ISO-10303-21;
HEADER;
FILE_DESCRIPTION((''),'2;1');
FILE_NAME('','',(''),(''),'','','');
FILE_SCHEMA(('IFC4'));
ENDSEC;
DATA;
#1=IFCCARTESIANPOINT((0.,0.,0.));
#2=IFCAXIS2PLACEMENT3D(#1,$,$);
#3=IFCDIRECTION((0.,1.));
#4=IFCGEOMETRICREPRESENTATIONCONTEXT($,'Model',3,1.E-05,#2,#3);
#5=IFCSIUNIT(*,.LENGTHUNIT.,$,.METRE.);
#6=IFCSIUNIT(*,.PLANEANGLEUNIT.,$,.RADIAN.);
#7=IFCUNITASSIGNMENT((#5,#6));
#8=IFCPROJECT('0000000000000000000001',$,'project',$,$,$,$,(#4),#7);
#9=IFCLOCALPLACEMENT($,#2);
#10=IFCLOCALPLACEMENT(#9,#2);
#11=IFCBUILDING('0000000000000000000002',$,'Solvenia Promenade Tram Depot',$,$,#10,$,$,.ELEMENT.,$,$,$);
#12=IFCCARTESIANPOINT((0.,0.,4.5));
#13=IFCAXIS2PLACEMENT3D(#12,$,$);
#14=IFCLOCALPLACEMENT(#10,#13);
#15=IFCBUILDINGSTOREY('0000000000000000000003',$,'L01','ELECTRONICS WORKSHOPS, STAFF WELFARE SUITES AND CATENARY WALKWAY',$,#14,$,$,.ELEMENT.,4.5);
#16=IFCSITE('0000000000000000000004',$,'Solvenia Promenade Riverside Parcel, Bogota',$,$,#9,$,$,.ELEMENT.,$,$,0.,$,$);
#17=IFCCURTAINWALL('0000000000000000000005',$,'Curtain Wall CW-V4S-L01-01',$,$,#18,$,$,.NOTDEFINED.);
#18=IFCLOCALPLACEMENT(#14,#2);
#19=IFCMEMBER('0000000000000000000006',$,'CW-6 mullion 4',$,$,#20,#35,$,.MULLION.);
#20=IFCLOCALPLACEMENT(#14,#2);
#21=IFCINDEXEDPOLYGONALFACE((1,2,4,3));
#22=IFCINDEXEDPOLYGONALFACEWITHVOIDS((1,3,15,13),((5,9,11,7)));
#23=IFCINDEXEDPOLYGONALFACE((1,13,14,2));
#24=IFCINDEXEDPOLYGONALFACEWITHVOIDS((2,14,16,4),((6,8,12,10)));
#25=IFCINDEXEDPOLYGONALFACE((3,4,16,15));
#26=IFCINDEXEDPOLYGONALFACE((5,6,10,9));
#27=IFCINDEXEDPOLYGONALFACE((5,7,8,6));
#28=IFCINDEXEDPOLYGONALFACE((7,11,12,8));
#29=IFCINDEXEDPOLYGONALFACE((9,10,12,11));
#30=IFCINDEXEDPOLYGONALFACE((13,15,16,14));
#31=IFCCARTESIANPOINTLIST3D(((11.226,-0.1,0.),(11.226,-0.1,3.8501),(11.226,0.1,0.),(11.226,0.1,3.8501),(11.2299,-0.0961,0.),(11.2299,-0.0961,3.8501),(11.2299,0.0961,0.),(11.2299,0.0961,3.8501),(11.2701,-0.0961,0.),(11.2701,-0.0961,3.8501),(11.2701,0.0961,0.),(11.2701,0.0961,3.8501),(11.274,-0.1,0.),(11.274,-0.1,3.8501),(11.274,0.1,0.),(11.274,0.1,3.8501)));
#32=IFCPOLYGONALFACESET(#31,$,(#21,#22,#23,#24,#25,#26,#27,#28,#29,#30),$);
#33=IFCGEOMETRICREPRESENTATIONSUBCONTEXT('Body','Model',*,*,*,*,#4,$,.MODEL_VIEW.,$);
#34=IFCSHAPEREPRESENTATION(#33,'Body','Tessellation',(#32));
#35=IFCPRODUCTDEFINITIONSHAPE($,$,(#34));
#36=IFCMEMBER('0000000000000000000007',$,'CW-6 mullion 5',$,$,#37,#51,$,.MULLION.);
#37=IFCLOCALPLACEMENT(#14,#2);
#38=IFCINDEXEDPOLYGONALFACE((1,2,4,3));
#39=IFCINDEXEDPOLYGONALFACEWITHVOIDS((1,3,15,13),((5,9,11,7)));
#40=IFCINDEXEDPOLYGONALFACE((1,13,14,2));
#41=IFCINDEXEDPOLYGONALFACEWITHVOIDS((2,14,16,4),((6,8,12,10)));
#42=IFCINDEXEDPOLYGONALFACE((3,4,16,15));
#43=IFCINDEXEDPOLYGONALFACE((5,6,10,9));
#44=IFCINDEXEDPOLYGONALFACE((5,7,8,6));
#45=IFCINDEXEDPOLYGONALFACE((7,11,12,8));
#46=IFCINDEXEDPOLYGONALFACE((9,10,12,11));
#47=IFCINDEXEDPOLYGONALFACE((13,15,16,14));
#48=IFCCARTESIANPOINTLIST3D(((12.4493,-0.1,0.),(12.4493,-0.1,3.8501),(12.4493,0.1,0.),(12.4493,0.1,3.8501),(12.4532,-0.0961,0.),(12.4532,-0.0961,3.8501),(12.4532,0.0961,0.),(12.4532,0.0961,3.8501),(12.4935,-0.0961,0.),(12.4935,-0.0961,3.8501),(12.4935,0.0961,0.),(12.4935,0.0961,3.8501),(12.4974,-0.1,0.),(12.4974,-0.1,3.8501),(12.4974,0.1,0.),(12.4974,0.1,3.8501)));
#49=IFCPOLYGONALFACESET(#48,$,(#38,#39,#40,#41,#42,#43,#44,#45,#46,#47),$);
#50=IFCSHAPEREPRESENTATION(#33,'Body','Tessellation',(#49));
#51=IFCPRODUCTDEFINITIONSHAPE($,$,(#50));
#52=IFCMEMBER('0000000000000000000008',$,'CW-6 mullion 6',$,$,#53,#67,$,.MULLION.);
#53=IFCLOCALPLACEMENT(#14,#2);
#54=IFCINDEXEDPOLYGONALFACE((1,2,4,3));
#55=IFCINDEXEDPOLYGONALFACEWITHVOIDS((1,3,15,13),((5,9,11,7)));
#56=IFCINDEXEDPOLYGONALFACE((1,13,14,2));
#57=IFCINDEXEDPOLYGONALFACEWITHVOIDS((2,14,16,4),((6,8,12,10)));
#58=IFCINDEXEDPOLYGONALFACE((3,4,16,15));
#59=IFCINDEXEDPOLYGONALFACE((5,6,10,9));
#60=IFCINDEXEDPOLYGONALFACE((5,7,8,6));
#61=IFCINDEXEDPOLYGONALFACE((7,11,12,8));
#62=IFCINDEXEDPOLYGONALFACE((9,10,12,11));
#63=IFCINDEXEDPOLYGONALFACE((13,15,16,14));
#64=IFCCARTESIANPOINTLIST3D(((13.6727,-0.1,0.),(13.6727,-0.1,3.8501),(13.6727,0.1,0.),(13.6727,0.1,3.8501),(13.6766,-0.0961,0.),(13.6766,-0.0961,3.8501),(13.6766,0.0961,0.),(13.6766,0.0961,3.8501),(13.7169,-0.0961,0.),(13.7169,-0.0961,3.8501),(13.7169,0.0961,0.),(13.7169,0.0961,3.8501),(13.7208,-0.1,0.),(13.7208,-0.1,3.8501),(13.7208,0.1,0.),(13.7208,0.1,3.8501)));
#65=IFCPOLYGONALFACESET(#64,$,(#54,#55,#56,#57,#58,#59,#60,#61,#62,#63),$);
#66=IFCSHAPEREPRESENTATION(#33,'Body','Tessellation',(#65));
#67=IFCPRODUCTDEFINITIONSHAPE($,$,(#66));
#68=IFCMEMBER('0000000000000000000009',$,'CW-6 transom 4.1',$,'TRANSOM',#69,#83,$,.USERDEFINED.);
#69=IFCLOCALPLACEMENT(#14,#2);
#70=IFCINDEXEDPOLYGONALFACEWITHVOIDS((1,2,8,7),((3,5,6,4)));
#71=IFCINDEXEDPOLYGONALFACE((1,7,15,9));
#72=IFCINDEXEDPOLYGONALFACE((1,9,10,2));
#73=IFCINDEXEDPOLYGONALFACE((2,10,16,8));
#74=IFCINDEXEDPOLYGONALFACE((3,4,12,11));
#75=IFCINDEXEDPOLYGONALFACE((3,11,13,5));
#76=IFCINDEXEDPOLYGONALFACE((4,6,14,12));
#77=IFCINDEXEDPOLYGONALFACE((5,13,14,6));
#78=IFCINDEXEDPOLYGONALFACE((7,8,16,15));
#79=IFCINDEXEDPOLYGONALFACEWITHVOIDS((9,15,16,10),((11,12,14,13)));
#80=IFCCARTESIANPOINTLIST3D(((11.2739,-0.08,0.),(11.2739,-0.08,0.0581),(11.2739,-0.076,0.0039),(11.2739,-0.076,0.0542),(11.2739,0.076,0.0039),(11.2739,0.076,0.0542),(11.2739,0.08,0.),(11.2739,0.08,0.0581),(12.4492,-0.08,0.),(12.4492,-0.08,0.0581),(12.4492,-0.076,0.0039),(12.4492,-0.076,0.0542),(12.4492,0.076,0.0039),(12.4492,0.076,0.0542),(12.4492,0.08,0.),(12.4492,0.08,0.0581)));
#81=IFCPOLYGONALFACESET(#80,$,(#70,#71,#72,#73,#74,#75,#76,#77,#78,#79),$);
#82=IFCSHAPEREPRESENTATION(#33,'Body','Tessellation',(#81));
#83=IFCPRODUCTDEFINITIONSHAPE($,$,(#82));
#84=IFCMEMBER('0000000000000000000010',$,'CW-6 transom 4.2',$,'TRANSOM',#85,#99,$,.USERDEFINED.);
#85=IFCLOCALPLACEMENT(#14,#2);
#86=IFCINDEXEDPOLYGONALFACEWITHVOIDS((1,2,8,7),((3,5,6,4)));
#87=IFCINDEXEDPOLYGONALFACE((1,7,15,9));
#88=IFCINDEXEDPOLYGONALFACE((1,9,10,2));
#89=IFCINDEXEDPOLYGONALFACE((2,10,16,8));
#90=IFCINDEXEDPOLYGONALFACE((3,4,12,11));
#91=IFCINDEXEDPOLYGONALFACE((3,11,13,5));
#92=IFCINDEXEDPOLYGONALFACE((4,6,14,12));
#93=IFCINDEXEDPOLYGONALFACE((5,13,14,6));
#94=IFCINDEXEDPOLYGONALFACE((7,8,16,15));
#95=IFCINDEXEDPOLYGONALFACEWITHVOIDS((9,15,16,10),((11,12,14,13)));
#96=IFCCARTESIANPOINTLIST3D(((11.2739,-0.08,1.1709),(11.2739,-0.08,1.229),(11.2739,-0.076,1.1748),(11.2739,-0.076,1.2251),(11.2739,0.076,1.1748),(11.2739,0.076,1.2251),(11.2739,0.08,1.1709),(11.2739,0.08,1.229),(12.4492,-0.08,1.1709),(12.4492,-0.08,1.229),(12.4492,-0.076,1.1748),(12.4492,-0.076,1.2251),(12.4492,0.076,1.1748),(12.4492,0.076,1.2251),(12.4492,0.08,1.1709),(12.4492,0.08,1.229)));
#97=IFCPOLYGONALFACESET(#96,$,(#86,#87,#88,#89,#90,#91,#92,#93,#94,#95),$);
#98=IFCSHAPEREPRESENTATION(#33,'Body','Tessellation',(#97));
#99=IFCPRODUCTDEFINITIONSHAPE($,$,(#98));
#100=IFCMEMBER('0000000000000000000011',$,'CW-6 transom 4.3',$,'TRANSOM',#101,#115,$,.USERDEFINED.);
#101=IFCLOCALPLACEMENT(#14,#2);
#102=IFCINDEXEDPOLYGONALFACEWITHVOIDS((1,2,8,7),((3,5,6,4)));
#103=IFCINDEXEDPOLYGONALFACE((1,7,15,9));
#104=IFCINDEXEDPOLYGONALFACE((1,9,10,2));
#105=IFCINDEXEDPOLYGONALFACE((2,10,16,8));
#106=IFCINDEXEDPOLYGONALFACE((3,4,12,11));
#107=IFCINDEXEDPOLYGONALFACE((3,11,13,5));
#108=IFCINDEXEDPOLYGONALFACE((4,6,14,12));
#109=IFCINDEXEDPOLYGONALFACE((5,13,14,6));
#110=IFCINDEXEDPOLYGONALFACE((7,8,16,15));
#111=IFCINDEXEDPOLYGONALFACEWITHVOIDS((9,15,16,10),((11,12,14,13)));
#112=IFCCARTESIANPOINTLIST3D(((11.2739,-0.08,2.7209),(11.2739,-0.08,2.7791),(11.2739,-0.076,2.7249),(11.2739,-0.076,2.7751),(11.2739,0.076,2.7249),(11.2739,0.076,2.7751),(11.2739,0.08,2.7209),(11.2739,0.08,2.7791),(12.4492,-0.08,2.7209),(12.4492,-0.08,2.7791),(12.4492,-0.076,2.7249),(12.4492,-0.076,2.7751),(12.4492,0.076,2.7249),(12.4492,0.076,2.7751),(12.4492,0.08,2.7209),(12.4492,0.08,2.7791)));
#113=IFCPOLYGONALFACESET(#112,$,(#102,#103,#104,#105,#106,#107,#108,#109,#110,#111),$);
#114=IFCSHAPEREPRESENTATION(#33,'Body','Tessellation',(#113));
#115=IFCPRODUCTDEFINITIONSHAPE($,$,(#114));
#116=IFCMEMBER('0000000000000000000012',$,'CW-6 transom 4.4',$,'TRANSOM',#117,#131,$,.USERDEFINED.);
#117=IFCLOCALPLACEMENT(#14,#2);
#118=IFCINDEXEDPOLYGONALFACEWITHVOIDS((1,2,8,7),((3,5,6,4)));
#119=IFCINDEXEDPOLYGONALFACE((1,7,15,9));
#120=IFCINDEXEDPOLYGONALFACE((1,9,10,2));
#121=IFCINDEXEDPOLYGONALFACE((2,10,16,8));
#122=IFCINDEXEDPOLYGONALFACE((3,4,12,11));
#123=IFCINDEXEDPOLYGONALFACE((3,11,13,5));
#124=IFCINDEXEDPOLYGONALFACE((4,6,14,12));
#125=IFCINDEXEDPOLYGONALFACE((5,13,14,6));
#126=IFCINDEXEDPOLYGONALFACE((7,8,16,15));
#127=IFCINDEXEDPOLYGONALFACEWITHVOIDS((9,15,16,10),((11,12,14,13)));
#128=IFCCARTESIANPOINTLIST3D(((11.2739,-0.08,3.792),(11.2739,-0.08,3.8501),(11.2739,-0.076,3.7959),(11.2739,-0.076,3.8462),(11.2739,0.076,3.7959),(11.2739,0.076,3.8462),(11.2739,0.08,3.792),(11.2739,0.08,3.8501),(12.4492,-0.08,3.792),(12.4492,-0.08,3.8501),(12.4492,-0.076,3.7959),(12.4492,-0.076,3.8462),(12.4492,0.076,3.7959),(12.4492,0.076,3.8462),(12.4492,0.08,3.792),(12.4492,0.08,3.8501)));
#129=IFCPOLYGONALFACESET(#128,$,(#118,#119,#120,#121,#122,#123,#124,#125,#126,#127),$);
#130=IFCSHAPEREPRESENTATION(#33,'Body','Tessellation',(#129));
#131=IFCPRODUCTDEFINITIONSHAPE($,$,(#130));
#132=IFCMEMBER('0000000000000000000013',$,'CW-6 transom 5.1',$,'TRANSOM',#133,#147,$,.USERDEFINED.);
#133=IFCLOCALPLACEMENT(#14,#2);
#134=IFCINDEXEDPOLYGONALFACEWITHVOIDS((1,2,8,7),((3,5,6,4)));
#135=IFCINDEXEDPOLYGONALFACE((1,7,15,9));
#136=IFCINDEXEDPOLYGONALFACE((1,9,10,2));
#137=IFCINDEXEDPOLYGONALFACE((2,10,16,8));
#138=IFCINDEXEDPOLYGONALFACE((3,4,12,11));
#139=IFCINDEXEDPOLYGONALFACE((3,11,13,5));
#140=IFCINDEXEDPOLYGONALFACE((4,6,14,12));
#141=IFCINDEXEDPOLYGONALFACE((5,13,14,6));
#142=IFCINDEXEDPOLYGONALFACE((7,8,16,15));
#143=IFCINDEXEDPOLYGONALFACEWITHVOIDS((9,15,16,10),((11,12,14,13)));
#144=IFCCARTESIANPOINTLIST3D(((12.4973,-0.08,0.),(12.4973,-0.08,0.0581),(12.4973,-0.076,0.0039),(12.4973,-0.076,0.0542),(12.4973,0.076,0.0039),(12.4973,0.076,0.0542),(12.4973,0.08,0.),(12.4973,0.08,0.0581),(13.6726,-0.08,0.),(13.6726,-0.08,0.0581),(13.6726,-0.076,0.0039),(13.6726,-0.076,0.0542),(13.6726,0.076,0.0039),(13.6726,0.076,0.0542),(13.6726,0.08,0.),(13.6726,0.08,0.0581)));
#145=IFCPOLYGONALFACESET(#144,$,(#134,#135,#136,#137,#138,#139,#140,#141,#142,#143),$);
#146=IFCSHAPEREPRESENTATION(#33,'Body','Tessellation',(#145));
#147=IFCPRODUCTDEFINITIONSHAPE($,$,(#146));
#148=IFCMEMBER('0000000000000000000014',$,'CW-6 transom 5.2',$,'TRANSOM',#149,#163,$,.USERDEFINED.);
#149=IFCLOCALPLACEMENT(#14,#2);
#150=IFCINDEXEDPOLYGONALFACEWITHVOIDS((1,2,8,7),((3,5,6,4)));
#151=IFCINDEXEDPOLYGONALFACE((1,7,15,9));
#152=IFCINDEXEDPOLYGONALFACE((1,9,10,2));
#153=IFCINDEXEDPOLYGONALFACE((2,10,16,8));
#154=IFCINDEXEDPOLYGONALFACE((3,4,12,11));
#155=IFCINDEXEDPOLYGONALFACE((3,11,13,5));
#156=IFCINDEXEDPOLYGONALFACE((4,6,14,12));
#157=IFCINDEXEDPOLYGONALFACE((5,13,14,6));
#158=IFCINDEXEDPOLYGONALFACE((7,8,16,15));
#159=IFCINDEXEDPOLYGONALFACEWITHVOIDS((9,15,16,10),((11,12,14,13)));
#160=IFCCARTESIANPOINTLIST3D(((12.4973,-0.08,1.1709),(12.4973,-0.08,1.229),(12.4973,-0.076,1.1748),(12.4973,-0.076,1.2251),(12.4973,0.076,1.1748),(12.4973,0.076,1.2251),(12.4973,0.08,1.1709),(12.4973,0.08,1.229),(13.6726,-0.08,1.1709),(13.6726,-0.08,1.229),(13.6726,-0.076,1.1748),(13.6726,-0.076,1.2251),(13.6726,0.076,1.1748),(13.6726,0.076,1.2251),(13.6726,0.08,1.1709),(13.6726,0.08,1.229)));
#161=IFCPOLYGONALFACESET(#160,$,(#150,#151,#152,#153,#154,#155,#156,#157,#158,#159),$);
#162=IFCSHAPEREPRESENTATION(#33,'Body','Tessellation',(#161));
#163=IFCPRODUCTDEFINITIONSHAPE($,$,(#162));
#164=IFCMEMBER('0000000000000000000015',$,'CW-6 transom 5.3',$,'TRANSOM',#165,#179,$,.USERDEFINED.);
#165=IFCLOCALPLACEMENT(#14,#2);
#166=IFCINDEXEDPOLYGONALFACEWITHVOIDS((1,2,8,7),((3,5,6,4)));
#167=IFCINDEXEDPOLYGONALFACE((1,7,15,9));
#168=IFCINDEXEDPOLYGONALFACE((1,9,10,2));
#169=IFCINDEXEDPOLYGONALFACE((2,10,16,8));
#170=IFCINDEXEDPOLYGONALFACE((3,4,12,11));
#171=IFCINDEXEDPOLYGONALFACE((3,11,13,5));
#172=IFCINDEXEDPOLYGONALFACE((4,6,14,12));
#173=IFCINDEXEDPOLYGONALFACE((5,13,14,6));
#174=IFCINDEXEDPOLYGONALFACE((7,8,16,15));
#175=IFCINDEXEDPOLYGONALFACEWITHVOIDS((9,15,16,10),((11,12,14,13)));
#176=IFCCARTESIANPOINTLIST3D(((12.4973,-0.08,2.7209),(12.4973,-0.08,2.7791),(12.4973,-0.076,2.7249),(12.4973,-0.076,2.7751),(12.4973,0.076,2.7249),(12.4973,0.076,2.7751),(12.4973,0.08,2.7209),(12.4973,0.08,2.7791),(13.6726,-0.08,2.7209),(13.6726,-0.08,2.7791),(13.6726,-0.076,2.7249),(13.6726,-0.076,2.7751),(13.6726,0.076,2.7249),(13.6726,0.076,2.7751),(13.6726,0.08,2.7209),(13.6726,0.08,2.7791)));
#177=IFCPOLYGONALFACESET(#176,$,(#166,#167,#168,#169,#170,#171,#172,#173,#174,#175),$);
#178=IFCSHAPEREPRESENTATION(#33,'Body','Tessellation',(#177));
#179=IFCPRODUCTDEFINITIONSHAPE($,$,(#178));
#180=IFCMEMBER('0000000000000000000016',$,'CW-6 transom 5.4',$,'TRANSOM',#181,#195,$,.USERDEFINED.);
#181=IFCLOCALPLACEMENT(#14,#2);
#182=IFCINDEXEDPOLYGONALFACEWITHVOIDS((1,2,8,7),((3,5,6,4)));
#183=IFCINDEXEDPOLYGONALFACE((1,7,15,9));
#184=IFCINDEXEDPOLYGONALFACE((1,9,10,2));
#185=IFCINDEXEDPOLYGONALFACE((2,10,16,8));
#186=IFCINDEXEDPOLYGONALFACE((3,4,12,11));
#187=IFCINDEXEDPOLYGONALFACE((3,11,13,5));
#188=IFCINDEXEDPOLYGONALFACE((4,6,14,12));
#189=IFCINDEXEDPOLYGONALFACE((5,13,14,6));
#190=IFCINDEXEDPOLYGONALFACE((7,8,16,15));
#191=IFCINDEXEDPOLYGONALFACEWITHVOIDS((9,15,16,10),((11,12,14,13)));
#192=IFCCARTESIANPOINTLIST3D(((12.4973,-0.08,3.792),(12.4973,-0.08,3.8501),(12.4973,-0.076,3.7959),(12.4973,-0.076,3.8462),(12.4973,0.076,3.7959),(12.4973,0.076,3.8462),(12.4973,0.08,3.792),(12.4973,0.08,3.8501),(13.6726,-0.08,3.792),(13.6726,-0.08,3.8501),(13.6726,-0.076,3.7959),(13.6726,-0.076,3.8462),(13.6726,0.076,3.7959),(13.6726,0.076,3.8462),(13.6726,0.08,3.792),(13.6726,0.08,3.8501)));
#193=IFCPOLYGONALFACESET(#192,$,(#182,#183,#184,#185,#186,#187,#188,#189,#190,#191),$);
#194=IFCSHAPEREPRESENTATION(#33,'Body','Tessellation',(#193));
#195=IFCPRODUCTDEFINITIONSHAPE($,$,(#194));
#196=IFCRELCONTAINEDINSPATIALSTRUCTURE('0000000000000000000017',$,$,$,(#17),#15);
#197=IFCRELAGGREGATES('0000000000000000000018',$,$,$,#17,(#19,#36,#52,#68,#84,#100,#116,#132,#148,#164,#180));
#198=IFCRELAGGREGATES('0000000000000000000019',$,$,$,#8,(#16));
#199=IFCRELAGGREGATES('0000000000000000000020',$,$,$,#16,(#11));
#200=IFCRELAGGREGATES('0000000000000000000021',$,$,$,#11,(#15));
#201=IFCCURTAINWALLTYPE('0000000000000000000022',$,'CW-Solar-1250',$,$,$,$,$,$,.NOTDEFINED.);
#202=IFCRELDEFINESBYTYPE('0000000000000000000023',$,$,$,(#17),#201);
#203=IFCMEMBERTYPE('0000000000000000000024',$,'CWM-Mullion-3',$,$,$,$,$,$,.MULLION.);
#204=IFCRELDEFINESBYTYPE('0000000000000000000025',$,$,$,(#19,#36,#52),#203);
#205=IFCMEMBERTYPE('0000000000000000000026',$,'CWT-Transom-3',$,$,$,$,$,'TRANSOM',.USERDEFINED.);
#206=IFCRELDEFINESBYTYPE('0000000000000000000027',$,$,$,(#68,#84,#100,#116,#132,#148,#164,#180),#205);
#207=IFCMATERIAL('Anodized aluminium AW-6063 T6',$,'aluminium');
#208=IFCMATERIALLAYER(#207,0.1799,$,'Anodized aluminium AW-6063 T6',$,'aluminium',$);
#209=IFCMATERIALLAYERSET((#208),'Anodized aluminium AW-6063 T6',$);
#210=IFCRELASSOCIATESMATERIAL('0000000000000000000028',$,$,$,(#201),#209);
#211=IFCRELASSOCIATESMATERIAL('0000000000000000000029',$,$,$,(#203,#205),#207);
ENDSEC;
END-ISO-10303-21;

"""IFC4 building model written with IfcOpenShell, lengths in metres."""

from ifc_helpers import new_model, si_unit, direction, frame, origin, origin_2d, place, context, subcontext, project, spatial, hollow_rectangle, extrude, material, layer, layer_set, material_profile, profile_set, type_object, element, aggregate, save


model = new_model("IFC4")

# Units and contexts
model_context = context("Model", 3, precision=1e-05, world=origin(), true_north=direction((0.0, 1.0)))
body_context = subcontext(model_context, "Body", "Model", "MODEL_VIEW")
ifc_project = project(units=[si_unit("LENGTHUNIT", "METRE"), si_unit("PLANEANGLEUNIT", "RADIAN")], contexts=[model_context])

# Site, building, storey
site_placement = place(None, origin())
site = spatial("IfcSite", under=ifc_project, at=site_placement, Name="Solvenia Promenade Riverside Parcel, Bogota", CompositionType="ELEMENT", RefElevation=0.0)
building_placement = place(site_placement, origin())
building = spatial("IfcBuilding", under=site, at=building_placement, Name="Solvenia Promenade Tram Depot", CompositionType="ELEMENT")
storey_placement = place(building_placement, frame((0.0, 0.0, 4.5)))
storey = spatial("IfcBuildingStorey", under=building, at=storey_placement, Name="L01", Description="ELECTRONICS WORKSHOPS, STAFF WELFARE SUITES AND CATENARY WALKWAY", CompositionType="ELEMENT", Elevation=4.5)

# Curtain wall, members
ifc_material_1 = material(Name="Anodized aluminium AW-6063 T6", Category="aluminium")
ifc_layer_1 = layer(ifc_material_1, 0.1799, Name="Anodized aluminium AW-6063 T6", Category="aluminium")
ifc_layer_set_1 = layer_set([ifc_layer_1], Name="Anodized aluminium AW-6063 T6")
curtain_wall_type = type_object("IfcCurtainWallType", Name="CW-Solar-1250", PredefinedType="NOTDEFINED", material=ifc_layer_set_1)
curtain_wall_placement = place(storey_placement, origin())
curtain_wall = element("IfcCurtainWall", 1, at=curtain_wall_placement, inside=storey, type_object=curtain_wall_type, Name="Curtain Wall CW-V4S-L01-01", PredefinedType="NOTDEFINED")
ifc_material_profile_1 = material_profile(ifc_material_1, hollow_rectangle(XDim=0.2, YDim=0.0481, WallThickness=0.0039, at=origin_2d()), Name="ALU-M3", Category="aluminium")
ifc_profile_set_1 = profile_set([ifc_material_profile_1], Name="Anodized aluminium AW-6063 T6")
member_type_1 = type_object("IfcMemberType", Name="CWM-Mullion-3", PredefinedType="MULLION", material=ifc_profile_set_1)
member_1_placement = place(storey_placement, frame((11.25, 0.0, 0.0), z_axis=(0.0, 0.0, 1.0), x_axis=(0.0, 1.0, 0.0)))
member_1 = element("IfcMember", 2, at=member_1_placement, type_object=member_type_1, Name="CW-6 mullion 4", PredefinedType="MULLION", context=body_context, shape_type="SweptSolid", body=[
    extrude(hollow_rectangle(XDim=0.2, YDim=0.0481, WallThickness=0.0039, at=origin_2d()), origin(), (0.0, 0.0, 1.0), 3.8501),
])
member_2_placement = place(storey_placement, frame((12.4734, 0.0, 0.0), z_axis=(0.0, 0.0, 1.0), x_axis=(0.0, 1.0, 0.0)))
member_2 = element("IfcMember", 3, at=member_2_placement, type_object=member_type_1, Name="CW-6 mullion 5", PredefinedType="MULLION", context=body_context, shape_type="SweptSolid", body=[
    extrude(hollow_rectangle(XDim=0.2, YDim=0.0481, WallThickness=0.0039, at=origin_2d()), origin(), (0.0, 0.0, 1.0), 3.8501),
])
member_3_placement = place(storey_placement, frame((13.6968, 0.0, 0.0), z_axis=(0.0, 0.0, 1.0), x_axis=(0.0, 1.0, 0.0)))
member_3 = element("IfcMember", 4, at=member_3_placement, type_object=member_type_1, Name="CW-6 mullion 6", PredefinedType="MULLION", context=body_context, shape_type="SweptSolid", body=[
    extrude(hollow_rectangle(XDim=0.2, YDim=0.0481, WallThickness=0.0039, at=origin_2d()), origin(), (0.0, 0.0, 1.0), 3.8501),
])
ifc_material_profile_2 = material_profile(ifc_material_1, hollow_rectangle(XDim=0.1599, YDim=0.0581, WallThickness=0.0039, at=origin_2d()), Name="ALU-T3", Category="aluminium")
ifc_profile_set_2 = profile_set([ifc_material_profile_2], Name="Anodized aluminium AW-6063 T6")
member_type_2 = type_object("IfcMemberType", Name="CWT-Transom-3", ElementType="TRANSOM", PredefinedType="USERDEFINED", material=ifc_profile_set_2)
member_4_placement = place(storey_placement, frame((11.2739, 0.0, 0.0291), z_axis=(1.0, 0.0, 0.0), x_axis=(0.0, 1.0, 0.0)))
member_4 = element("IfcMember", 5, at=member_4_placement, type_object=member_type_2, Name="CW-6 transom 4.1", ObjectType="TRANSOM", PredefinedType="USERDEFINED", context=body_context, shape_type="SweptSolid", body=[
    extrude(hollow_rectangle(XDim=0.1599, YDim=0.0581, WallThickness=0.0039, at=origin_2d()), origin(), (0.0, 0.0, 1.0), 1.1753),
])
member_5_placement = place(storey_placement, frame((11.2739, 0.0, 1.2), z_axis=(1.0, 0.0, 0.0), x_axis=(0.0, 1.0, 0.0)))
member_5 = element("IfcMember", 6, at=member_5_placement, type_object=member_type_2, Name="CW-6 transom 4.2", ObjectType="TRANSOM", PredefinedType="USERDEFINED", context=body_context, shape_type="SweptSolid", body=[
    extrude(hollow_rectangle(XDim=0.1599, YDim=0.0581, WallThickness=0.0039, at=origin_2d()), origin(), (0.0, 0.0, 1.0), 1.1753),
])
member_6_placement = place(storey_placement, frame((11.2739, 0.0, 2.75), z_axis=(1.0, 0.0, 0.0), x_axis=(0.0, 1.0, 0.0)))
member_6 = element("IfcMember", 7, at=member_6_placement, type_object=member_type_2, Name="CW-6 transom 4.3", ObjectType="TRANSOM", PredefinedType="USERDEFINED", context=body_context, shape_type="SweptSolid", body=[
    extrude(hollow_rectangle(XDim=0.1599, YDim=0.0581, WallThickness=0.0039, at=origin_2d()), origin(), (0.0, 0.0, 1.0), 1.1753),
])
member_7_placement = place(storey_placement, frame((11.2739, 0.0, 3.821), z_axis=(1.0, 0.0, 0.0), x_axis=(0.0, 1.0, 0.0)))
member_7 = element("IfcMember", 8, at=member_7_placement, type_object=member_type_2, Name="CW-6 transom 4.4", ObjectType="TRANSOM", PredefinedType="USERDEFINED", context=body_context, shape_type="SweptSolid", body=[
    extrude(hollow_rectangle(XDim=0.1599, YDim=0.0581, WallThickness=0.0039, at=origin_2d()), origin(), (0.0, 0.0, 1.0), 1.1753),
])
member_8_placement = place(storey_placement, frame((12.4973, 0.0, 0.0291), z_axis=(1.0, 0.0, 0.0), x_axis=(0.0, 1.0, 0.0)))
member_8 = element("IfcMember", 9, at=member_8_placement, type_object=member_type_2, Name="CW-6 transom 5.1", ObjectType="TRANSOM", PredefinedType="USERDEFINED", context=body_context, shape_type="SweptSolid", body=[
    extrude(hollow_rectangle(XDim=0.1599, YDim=0.0581, WallThickness=0.0039, at=origin_2d()), origin(), (0.0, 0.0, 1.0), 1.1753),
])
member_9_placement = place(storey_placement, frame((12.4973, 0.0, 1.2), z_axis=(1.0, 0.0, 0.0), x_axis=(0.0, 1.0, 0.0)))
member_9 = element("IfcMember", 10, at=member_9_placement, type_object=member_type_2, Name="CW-6 transom 5.2", ObjectType="TRANSOM", PredefinedType="USERDEFINED", context=body_context, shape_type="SweptSolid", body=[
    extrude(hollow_rectangle(XDim=0.1599, YDim=0.0581, WallThickness=0.0039, at=origin_2d()), origin(), (0.0, 0.0, 1.0), 1.1753),
])
member_10_placement = place(storey_placement, frame((12.4973, 0.0, 2.75), z_axis=(1.0, 0.0, 0.0), x_axis=(0.0, 1.0, 0.0)))
member_10 = element("IfcMember", 11, at=member_10_placement, type_object=member_type_2, Name="CW-6 transom 5.3", ObjectType="TRANSOM", PredefinedType="USERDEFINED", context=body_context, shape_type="SweptSolid", body=[
    extrude(hollow_rectangle(XDim=0.1599, YDim=0.0581, WallThickness=0.0039, at=origin_2d()), origin(), (0.0, 0.0, 1.0), 1.1753),
])
member_11_placement = place(storey_placement, frame((12.4973, 0.0, 3.821), z_axis=(1.0, 0.0, 0.0), x_axis=(0.0, 1.0, 0.0)))
member_11 = element("IfcMember", 12, at=member_11_placement, type_object=member_type_2, Name="CW-6 transom 5.4", ObjectType="TRANSOM", PredefinedType="USERDEFINED", context=body_context, shape_type="SweptSolid", body=[
    extrude(hollow_rectangle(XDim=0.1599, YDim=0.0581, WallThickness=0.0039, at=origin_2d()), origin(), (0.0, 0.0, 1.0), 1.1753),
])
aggregate(curtain_wall, [member_1, member_2, member_3, member_4, member_5, member_6, member_7, member_8, member_9, member_10, member_11])

save(model, "model.ifc")
